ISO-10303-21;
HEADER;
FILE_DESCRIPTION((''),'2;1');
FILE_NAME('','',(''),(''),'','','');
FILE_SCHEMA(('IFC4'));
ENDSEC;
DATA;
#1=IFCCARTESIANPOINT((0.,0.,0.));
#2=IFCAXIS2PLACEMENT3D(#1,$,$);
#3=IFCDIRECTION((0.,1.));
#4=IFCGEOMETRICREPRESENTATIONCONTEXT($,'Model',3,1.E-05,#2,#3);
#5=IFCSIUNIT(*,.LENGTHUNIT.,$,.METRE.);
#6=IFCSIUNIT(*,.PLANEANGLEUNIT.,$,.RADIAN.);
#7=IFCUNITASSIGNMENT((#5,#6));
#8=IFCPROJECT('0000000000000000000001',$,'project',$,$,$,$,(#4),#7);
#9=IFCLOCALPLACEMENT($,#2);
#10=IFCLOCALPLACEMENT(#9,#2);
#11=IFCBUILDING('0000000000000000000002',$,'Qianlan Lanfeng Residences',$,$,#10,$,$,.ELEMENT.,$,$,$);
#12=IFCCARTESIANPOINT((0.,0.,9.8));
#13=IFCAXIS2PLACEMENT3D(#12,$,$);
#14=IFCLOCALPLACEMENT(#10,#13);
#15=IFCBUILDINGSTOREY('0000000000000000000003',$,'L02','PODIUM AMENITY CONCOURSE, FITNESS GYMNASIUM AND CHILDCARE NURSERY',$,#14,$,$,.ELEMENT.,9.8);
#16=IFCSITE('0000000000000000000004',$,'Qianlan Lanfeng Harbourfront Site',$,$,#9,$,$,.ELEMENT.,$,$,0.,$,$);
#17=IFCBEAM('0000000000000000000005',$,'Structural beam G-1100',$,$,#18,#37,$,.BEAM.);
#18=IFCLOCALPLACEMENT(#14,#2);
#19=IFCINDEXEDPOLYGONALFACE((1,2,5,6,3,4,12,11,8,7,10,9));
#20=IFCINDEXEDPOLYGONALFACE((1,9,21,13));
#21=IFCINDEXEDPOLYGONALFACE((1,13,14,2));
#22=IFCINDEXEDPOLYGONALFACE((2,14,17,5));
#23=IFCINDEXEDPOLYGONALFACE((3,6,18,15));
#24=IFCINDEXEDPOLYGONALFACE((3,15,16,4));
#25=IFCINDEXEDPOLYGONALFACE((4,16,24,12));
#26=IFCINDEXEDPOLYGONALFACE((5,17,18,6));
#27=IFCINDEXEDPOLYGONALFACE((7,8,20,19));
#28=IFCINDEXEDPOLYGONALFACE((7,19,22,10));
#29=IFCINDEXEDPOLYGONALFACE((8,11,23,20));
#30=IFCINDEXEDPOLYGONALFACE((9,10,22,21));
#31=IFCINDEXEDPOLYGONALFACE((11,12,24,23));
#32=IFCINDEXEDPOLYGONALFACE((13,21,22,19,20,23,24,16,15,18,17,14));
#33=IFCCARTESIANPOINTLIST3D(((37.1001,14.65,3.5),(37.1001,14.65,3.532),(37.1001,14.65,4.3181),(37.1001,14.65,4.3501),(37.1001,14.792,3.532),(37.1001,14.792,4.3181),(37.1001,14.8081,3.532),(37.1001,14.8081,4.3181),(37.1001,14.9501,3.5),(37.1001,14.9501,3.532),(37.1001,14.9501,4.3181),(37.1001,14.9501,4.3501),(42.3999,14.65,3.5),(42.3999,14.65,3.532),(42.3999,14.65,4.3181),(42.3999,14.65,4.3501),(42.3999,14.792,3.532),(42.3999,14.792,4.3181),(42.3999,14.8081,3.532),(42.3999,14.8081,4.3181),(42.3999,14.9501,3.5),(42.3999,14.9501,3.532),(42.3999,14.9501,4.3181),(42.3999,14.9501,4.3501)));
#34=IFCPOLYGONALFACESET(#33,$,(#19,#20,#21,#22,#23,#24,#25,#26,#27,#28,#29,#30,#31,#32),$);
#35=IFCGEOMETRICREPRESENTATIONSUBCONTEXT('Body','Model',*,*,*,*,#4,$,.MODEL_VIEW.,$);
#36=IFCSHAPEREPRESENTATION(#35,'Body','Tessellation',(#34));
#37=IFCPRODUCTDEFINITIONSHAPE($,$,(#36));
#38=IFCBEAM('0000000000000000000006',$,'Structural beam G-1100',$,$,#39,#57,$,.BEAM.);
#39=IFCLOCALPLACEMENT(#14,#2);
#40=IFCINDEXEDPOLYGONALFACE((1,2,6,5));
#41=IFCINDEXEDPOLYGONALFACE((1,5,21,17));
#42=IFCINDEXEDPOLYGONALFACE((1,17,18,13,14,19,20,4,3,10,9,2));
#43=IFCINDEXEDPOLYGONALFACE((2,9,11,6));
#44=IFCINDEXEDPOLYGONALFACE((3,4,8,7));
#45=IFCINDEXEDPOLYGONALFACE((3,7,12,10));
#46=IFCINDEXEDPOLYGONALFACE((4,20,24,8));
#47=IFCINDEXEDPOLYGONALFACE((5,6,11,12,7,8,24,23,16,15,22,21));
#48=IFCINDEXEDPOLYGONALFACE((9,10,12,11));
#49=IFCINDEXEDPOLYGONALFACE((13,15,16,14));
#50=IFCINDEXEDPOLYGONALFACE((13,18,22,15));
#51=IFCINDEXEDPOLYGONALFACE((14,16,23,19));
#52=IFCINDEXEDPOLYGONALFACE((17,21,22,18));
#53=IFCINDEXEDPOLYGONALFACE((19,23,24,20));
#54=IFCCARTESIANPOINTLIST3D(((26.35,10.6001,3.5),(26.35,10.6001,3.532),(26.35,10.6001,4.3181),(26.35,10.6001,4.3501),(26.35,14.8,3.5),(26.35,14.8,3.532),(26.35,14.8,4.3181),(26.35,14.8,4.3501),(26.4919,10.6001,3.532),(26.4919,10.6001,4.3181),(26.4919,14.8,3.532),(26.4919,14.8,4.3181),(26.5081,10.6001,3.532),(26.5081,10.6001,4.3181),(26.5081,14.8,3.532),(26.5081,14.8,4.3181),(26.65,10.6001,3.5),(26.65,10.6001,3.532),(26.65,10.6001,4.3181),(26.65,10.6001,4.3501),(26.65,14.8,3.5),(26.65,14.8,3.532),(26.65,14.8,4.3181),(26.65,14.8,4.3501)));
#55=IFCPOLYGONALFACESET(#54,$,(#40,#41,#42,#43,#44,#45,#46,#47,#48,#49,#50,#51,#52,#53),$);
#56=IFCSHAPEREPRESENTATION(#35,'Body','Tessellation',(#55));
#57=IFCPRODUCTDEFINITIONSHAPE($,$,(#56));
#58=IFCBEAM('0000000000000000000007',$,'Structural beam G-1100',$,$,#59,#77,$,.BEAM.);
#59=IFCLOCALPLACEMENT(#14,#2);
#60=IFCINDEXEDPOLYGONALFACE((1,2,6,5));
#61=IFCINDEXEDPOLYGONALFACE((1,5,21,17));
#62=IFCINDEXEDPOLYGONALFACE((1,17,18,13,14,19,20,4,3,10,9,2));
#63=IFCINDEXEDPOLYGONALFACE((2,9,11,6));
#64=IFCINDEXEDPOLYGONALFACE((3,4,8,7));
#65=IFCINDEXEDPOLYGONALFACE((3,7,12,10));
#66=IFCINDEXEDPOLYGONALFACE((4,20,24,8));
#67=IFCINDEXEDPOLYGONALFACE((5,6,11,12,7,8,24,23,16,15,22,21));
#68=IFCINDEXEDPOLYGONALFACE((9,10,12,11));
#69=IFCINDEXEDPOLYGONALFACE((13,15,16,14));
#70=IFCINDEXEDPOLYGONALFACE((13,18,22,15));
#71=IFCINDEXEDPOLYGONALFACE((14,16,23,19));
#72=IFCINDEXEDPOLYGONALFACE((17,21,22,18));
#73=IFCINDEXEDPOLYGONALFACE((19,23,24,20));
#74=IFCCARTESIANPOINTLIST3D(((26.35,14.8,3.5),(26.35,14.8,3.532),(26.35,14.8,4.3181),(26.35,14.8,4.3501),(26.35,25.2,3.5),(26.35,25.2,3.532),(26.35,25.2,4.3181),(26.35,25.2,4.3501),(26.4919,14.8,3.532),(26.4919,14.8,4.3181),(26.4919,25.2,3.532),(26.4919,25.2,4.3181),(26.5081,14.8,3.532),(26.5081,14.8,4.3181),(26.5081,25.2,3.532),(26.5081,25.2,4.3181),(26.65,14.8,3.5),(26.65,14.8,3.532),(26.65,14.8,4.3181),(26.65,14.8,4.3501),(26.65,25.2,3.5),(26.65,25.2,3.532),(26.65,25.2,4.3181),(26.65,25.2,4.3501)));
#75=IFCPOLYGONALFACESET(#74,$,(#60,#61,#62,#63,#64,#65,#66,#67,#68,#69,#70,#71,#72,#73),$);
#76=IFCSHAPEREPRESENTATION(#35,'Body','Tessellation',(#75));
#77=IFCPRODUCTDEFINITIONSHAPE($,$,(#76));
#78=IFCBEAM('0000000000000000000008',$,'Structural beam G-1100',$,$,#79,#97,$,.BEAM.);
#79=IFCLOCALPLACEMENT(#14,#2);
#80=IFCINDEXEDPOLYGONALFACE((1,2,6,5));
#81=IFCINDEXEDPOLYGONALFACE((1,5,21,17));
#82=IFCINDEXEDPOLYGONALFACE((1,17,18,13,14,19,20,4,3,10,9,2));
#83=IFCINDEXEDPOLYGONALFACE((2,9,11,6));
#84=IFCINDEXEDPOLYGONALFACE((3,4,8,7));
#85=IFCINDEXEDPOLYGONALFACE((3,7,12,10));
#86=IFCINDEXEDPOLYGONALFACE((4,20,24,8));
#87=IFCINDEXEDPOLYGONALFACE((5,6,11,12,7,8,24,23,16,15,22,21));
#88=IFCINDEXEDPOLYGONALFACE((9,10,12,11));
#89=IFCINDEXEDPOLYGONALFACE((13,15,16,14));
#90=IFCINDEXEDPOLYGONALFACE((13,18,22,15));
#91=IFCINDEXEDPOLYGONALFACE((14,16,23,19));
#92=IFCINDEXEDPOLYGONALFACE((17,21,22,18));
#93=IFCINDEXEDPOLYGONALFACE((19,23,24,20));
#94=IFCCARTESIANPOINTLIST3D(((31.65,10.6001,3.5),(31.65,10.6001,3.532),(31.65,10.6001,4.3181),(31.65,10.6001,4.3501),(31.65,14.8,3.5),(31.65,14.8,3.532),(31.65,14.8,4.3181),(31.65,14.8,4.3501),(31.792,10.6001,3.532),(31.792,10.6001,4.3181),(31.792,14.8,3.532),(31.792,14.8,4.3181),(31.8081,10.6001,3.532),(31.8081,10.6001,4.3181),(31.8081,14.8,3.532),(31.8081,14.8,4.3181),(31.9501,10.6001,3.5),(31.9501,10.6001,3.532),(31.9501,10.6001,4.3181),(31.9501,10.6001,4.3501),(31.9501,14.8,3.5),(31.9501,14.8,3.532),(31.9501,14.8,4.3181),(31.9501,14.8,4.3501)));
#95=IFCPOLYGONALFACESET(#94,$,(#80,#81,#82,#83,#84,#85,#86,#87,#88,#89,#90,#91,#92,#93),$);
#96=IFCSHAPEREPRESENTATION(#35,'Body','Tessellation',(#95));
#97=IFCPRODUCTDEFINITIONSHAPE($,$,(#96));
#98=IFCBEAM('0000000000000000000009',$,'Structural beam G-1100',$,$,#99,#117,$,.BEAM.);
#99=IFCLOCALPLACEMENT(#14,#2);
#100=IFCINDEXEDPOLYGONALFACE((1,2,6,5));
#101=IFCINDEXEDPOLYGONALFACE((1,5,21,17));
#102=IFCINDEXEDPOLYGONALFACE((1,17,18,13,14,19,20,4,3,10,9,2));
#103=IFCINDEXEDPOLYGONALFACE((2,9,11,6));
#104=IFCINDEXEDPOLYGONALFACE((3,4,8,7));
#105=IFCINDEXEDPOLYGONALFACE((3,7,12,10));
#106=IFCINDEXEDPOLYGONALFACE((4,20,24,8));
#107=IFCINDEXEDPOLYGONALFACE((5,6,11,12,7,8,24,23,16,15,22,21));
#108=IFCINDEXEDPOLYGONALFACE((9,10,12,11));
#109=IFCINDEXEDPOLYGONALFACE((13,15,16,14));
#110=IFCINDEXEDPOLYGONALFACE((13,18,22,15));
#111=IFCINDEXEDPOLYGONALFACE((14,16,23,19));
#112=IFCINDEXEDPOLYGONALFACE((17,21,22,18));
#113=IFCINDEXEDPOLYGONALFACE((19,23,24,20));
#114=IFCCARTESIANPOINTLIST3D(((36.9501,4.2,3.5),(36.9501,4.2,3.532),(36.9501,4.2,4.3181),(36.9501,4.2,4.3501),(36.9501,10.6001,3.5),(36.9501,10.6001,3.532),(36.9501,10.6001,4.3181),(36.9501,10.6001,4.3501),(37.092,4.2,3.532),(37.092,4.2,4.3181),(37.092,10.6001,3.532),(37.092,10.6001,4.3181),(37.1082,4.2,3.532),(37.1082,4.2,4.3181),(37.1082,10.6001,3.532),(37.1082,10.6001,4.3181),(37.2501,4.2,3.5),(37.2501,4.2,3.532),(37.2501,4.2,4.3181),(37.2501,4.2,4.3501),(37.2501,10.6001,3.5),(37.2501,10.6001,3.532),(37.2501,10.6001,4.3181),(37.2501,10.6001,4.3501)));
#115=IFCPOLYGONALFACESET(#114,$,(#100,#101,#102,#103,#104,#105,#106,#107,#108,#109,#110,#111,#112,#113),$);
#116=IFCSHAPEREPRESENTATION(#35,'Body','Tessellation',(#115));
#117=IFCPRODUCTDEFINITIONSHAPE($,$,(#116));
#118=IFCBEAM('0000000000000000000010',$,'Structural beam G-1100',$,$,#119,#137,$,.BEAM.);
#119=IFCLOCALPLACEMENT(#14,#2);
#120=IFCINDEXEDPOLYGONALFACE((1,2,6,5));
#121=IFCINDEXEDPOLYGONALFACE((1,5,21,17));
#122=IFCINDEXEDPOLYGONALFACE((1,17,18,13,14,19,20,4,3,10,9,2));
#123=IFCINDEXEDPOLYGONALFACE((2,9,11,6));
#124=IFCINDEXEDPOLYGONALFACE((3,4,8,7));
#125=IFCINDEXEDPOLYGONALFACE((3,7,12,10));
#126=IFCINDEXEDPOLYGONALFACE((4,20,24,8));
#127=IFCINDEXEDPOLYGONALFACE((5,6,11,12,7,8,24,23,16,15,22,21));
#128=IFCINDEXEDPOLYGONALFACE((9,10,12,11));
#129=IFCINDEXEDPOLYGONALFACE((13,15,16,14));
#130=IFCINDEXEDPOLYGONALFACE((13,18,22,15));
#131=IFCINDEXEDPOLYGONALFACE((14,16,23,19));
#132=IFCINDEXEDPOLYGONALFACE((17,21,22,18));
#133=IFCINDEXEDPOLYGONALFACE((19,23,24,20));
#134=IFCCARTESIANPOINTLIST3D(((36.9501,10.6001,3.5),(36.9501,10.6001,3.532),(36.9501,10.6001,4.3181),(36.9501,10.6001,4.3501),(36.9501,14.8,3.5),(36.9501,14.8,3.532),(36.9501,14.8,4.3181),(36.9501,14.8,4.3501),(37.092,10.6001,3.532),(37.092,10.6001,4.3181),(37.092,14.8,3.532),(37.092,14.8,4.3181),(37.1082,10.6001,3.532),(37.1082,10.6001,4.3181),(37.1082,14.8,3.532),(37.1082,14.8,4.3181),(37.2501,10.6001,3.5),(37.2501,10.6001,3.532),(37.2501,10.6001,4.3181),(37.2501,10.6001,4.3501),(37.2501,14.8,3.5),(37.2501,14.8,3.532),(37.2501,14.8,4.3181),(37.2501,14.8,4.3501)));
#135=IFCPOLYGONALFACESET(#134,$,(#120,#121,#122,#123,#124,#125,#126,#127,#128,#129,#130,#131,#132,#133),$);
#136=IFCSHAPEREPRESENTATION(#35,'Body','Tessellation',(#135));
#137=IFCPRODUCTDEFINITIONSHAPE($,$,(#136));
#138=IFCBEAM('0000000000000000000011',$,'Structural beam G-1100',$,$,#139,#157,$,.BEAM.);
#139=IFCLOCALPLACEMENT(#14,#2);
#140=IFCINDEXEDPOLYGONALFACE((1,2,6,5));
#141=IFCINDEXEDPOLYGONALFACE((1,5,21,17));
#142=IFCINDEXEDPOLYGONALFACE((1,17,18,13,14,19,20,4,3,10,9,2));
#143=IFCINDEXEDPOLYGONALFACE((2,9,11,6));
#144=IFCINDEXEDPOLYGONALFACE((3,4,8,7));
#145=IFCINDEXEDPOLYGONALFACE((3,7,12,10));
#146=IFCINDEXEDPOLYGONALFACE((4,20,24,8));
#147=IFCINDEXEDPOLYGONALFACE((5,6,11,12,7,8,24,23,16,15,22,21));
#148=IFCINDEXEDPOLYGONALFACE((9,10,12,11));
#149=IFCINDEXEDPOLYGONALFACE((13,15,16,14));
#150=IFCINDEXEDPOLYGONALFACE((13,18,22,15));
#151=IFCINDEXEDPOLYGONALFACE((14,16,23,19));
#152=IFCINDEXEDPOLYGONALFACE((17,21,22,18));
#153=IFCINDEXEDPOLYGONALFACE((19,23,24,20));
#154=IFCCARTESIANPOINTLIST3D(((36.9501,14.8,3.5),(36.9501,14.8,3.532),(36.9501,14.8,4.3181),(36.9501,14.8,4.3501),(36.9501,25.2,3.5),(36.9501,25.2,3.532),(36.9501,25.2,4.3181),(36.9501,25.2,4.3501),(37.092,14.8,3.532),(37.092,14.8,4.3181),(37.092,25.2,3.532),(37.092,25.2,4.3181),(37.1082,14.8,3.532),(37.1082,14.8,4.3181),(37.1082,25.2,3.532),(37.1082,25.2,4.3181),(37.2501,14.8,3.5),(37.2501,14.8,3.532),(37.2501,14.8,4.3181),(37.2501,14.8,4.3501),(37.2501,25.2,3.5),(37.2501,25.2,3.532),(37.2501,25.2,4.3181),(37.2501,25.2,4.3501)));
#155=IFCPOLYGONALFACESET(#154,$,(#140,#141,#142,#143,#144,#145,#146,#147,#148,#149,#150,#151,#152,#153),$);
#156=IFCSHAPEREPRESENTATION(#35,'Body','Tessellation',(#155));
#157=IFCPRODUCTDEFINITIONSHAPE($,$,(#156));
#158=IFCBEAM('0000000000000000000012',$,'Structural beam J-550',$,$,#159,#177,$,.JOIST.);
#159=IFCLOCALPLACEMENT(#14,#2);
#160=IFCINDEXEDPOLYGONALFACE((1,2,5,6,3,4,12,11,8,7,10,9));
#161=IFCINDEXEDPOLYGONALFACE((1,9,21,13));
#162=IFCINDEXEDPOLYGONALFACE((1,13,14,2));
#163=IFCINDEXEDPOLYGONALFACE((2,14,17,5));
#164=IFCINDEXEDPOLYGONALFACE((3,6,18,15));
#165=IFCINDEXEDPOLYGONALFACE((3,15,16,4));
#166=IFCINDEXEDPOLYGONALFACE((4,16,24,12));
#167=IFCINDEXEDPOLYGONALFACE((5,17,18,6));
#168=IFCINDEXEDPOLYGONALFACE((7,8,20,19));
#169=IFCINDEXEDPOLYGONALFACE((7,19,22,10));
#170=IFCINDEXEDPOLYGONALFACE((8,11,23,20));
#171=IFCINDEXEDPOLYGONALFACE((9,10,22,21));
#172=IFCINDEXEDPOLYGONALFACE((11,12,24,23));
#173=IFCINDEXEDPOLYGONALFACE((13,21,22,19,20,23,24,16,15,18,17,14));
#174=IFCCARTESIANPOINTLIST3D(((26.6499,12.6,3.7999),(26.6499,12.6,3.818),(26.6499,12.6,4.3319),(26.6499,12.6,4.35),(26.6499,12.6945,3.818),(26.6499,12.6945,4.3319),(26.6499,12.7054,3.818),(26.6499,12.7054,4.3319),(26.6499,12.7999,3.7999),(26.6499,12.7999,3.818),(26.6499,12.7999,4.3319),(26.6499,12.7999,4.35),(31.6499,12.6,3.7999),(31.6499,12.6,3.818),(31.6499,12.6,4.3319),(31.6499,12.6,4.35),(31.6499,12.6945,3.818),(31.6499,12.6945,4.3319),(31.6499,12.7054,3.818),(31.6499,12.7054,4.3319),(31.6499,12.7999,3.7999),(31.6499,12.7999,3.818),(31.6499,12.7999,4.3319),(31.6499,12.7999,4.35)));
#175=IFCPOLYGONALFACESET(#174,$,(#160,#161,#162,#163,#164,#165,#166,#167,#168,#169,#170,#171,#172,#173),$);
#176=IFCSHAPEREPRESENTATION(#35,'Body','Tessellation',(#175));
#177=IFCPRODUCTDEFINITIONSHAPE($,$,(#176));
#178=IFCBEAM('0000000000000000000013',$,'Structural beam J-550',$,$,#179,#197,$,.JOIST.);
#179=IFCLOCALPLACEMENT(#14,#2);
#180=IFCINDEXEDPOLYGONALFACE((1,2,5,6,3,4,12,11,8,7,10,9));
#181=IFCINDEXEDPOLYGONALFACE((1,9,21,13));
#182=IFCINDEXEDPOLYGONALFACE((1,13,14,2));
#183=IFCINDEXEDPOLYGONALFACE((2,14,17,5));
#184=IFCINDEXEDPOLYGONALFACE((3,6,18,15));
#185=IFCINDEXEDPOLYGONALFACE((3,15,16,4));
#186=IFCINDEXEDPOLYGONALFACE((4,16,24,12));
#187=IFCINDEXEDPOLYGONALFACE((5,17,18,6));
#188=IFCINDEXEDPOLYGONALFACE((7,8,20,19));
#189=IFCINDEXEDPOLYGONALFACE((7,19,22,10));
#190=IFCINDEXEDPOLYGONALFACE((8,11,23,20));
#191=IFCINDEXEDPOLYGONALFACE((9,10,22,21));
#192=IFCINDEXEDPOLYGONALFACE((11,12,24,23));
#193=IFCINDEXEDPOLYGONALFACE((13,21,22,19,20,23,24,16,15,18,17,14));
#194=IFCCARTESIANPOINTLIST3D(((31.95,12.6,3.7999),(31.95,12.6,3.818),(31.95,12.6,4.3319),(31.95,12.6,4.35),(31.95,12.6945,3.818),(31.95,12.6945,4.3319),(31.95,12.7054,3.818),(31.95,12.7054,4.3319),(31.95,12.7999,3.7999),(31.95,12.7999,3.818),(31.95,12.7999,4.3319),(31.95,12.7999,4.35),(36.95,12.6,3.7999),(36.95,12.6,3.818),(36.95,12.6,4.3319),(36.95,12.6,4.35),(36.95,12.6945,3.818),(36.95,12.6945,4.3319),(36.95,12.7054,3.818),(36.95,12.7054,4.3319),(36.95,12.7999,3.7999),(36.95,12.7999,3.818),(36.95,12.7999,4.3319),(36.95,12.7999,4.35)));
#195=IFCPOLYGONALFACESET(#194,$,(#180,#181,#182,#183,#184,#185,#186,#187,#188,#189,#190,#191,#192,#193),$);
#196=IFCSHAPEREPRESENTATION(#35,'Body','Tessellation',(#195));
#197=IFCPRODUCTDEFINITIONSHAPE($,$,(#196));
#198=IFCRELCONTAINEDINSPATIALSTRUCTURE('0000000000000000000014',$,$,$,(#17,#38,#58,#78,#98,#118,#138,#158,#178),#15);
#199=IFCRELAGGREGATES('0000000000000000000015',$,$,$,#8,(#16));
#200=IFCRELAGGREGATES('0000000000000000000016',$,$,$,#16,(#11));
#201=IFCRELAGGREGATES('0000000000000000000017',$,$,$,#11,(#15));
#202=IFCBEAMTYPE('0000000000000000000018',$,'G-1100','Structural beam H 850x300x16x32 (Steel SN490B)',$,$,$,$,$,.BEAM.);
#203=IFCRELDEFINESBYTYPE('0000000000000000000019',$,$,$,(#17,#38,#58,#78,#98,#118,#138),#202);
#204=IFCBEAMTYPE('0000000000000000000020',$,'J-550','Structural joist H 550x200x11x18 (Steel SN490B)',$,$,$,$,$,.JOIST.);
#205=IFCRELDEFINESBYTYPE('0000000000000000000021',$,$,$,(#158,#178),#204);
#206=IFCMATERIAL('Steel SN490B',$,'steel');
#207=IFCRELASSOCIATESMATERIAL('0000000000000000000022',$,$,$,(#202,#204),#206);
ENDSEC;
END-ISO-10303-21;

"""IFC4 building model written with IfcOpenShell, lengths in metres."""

from ifc_helpers import new_model, si_unit, direction, frame, origin, origin_2d, place, context, subcontext, project, spatial, i_section, extrude, material, material_profile, profile_set, type_object, element, save


model = new_model("IFC4")

# Units and contexts
model_context = context("Model", 3, precision=1e-05, world=origin(), true_north=direction((0.0, 1.0)))
body_context = subcontext(model_context, "Body", "Model", "MODEL_VIEW")
ifc_project = project(units=[si_unit("LENGTHUNIT", "METRE"), si_unit("PLANEANGLEUNIT", "RADIAN")], contexts=[model_context])

# Site, building, storey
site_placement = place(None, origin())
site = spatial("IfcSite", under=ifc_project, at=site_placement, Name="Qianlan Lanfeng Harbourfront Site", CompositionType="ELEMENT", RefElevation=0.0)
building_placement = place(site_placement, origin())
building = spatial("IfcBuilding", under=site, at=building_placement, Name="Qianlan Lanfeng Residences", CompositionType="ELEMENT")
storey_placement = place(building_placement, frame((0.0, 0.0, 9.8)))
storey = spatial("IfcBuildingStorey", under=building, at=storey_placement, Name="L02", Description="PODIUM AMENITY CONCOURSE, FITNESS GYMNASIUM AND CHILDCARE NURSERY", CompositionType="ELEMENT", Elevation=9.8)

# Beams
ifc_material_1 = material(Name="Steel SN490B", Category="steel")
ifc_material_profile_1 = material_profile(ifc_material_1, i_section(OverallWidth=0.3, OverallDepth=0.8501, WebThickness=0.0161, FlangeThickness=0.032, at=origin_2d()), Name="H 850x300x16x32")
ifc_profile_set_1 = profile_set([ifc_material_profile_1], Name="Steel SN490B")
beam_type_1 = type_object("IfcBeamType", Name="G-1100", Description="Structural beam H 850x300x16x32 (Steel SN490B)", PredefinedType="BEAM", material=ifc_profile_set_1)
beam_1_placement = place(storey_placement, frame((37.1001, 14.8, 3.925), z_axis=(1.0, 0.0, 0.0), x_axis=(0.0, 1.0, 0.0)))
element("IfcBeam", 1, at=beam_1_placement, inside=storey, type_object=beam_type_1, Name="Structural beam G-1100", PredefinedType="BEAM", context=body_context, shape_type="SweptSolid", body=[
    extrude(i_section(OverallWidth=0.3, OverallDepth=0.8501, WebThickness=0.0161, FlangeThickness=0.032, at=origin_2d()), origin(), (0.0, 0.0, 1.0), 5.2998),
])
beam_2_placement = place(storey_placement, frame((26.5, 10.6001, 3.925), z_axis=(0.0, 1.0, 0.0), x_axis=(-1.0, 0.0, 0.0)))
element("IfcBeam", 2, at=beam_2_placement, inside=storey, type_object=beam_type_1, Name="Structural beam G-1100", PredefinedType="BEAM", context=body_context, shape_type="SweptSolid", body=[
    extrude(i_section(OverallWidth=0.3, OverallDepth=0.8501, WebThickness=0.0161, FlangeThickness=0.032, at=origin_2d()), origin(), (0.0, 0.0, 1.0), 4.2),
])
beam_3_placement = place(storey_placement, frame((26.5, 14.8, 3.925), z_axis=(0.0, 1.0, 0.0), x_axis=(-1.0, 0.0, 0.0)))
element("IfcBeam", 3, at=beam_3_placement, inside=storey, type_object=beam_type_1, Name="Structural beam G-1100", PredefinedType="BEAM", context=body_context, shape_type="SweptSolid", body=[
    extrude(i_section(OverallWidth=0.3, OverallDepth=0.8501, WebThickness=0.0161, FlangeThickness=0.032, at=origin_2d()), origin(), (0.0, 0.0, 1.0), 10.3999),
])
beam_4_placement = place(storey_placement, frame((31.8, 10.6001, 3.925), z_axis=(0.0, 1.0, 0.0), x_axis=(-1.0, 0.0, 0.0)))
element("IfcBeam", 4, at=beam_4_placement, inside=storey, type_object=beam_type_1, Name="Structural beam G-1100", PredefinedType="BEAM", context=body_context, shape_type="SweptSolid", body=[
    extrude(i_section(OverallWidth=0.3, OverallDepth=0.8501, WebThickness=0.0161, FlangeThickness=0.032, at=origin_2d()), origin(), (0.0, 0.0, 1.0), 4.2),
])
beam_5_placement = place(storey_placement, frame((37.1001, 4.2, 3.925), z_axis=(0.0, 1.0, 0.0), x_axis=(-1.0, 0.0, 0.0)))
element("IfcBeam", 5, at=beam_5_placement, inside=storey, type_object=beam_type_1, Name="Structural beam G-1100", PredefinedType="BEAM", context=body_context, shape_type="SweptSolid", body=[
    extrude(i_section(OverallWidth=0.3, OverallDepth=0.8501, WebThickness=0.0161, FlangeThickness=0.032, at=origin_2d()), origin(), (0.0, 0.0, 1.0), 6.4001),
])
beam_6_placement = place(storey_placement, frame((37.1001, 10.6001, 3.925), z_axis=(0.0, 1.0, 0.0), x_axis=(-1.0, 0.0, 0.0)))
element("IfcBeam", 6, at=beam_6_placement, inside=storey, type_object=beam_type_1, Name="Structural beam G-1100", PredefinedType="BEAM", context=body_context, shape_type="SweptSolid", body=[
    extrude(i_section(OverallWidth=0.3, OverallDepth=0.8501, WebThickness=0.0161, FlangeThickness=0.032, at=origin_2d()), origin(), (0.0, 0.0, 1.0), 4.2),
])
beam_7_placement = place(storey_placement, frame((37.1001, 14.8, 3.925), z_axis=(0.0, 1.0, 0.0), x_axis=(-1.0, 0.0, 0.0)))
element("IfcBeam", 7, at=beam_7_placement, inside=storey, type_object=beam_type_1, Name="Structural beam G-1100", PredefinedType="BEAM", context=body_context, shape_type="SweptSolid", body=[
    extrude(i_section(OverallWidth=0.3, OverallDepth=0.8501, WebThickness=0.0161, FlangeThickness=0.032, at=origin_2d()), origin(), (0.0, 0.0, 1.0), 10.3999),
])
ifc_material_profile_2 = material_profile(ifc_material_1, i_section(OverallWidth=0.2, OverallDepth=0.55, WebThickness=0.011, FlangeThickness=0.0181, at=origin_2d()), Name="H 550x200x11x18")
ifc_profile_set_2 = profile_set([ifc_material_profile_2], Name="Steel SN490B")
beam_type_2 = type_object("IfcBeamType", Name="J-550", Description="Structural joist H 550x200x11x18 (Steel SN490B)", PredefinedType="JOIST", material=ifc_profile_set_2)
for number, where, z_axis, x_axis, name in (
    (8, (26.6499, 12.7, 4.075), (1.0, 0.0, 0.0), (0.0, 1.0, 0.0), "Structural beam J-550"),
    (9, (31.95, 12.7, 4.075), (1.0, 0.0, 0.0), (0.0, 1.0, 0.0), "Structural beam J-550"),
):
    element("IfcBeam", number, at=place(storey_placement, frame(where, z_axis=z_axis, x_axis=x_axis)), inside=storey, type_object=beam_type_2, Name=name, PredefinedType="JOIST", context=body_context, shape_type="SweptSolid", body=[
        extrude(i_section(OverallWidth=0.2, OverallDepth=0.55, WebThickness=0.011, FlangeThickness=0.0181, at=origin_2d()), origin(), (0.0, 0.0, 1.0), 5.0),
    ])

save(model, "model.ifc")
